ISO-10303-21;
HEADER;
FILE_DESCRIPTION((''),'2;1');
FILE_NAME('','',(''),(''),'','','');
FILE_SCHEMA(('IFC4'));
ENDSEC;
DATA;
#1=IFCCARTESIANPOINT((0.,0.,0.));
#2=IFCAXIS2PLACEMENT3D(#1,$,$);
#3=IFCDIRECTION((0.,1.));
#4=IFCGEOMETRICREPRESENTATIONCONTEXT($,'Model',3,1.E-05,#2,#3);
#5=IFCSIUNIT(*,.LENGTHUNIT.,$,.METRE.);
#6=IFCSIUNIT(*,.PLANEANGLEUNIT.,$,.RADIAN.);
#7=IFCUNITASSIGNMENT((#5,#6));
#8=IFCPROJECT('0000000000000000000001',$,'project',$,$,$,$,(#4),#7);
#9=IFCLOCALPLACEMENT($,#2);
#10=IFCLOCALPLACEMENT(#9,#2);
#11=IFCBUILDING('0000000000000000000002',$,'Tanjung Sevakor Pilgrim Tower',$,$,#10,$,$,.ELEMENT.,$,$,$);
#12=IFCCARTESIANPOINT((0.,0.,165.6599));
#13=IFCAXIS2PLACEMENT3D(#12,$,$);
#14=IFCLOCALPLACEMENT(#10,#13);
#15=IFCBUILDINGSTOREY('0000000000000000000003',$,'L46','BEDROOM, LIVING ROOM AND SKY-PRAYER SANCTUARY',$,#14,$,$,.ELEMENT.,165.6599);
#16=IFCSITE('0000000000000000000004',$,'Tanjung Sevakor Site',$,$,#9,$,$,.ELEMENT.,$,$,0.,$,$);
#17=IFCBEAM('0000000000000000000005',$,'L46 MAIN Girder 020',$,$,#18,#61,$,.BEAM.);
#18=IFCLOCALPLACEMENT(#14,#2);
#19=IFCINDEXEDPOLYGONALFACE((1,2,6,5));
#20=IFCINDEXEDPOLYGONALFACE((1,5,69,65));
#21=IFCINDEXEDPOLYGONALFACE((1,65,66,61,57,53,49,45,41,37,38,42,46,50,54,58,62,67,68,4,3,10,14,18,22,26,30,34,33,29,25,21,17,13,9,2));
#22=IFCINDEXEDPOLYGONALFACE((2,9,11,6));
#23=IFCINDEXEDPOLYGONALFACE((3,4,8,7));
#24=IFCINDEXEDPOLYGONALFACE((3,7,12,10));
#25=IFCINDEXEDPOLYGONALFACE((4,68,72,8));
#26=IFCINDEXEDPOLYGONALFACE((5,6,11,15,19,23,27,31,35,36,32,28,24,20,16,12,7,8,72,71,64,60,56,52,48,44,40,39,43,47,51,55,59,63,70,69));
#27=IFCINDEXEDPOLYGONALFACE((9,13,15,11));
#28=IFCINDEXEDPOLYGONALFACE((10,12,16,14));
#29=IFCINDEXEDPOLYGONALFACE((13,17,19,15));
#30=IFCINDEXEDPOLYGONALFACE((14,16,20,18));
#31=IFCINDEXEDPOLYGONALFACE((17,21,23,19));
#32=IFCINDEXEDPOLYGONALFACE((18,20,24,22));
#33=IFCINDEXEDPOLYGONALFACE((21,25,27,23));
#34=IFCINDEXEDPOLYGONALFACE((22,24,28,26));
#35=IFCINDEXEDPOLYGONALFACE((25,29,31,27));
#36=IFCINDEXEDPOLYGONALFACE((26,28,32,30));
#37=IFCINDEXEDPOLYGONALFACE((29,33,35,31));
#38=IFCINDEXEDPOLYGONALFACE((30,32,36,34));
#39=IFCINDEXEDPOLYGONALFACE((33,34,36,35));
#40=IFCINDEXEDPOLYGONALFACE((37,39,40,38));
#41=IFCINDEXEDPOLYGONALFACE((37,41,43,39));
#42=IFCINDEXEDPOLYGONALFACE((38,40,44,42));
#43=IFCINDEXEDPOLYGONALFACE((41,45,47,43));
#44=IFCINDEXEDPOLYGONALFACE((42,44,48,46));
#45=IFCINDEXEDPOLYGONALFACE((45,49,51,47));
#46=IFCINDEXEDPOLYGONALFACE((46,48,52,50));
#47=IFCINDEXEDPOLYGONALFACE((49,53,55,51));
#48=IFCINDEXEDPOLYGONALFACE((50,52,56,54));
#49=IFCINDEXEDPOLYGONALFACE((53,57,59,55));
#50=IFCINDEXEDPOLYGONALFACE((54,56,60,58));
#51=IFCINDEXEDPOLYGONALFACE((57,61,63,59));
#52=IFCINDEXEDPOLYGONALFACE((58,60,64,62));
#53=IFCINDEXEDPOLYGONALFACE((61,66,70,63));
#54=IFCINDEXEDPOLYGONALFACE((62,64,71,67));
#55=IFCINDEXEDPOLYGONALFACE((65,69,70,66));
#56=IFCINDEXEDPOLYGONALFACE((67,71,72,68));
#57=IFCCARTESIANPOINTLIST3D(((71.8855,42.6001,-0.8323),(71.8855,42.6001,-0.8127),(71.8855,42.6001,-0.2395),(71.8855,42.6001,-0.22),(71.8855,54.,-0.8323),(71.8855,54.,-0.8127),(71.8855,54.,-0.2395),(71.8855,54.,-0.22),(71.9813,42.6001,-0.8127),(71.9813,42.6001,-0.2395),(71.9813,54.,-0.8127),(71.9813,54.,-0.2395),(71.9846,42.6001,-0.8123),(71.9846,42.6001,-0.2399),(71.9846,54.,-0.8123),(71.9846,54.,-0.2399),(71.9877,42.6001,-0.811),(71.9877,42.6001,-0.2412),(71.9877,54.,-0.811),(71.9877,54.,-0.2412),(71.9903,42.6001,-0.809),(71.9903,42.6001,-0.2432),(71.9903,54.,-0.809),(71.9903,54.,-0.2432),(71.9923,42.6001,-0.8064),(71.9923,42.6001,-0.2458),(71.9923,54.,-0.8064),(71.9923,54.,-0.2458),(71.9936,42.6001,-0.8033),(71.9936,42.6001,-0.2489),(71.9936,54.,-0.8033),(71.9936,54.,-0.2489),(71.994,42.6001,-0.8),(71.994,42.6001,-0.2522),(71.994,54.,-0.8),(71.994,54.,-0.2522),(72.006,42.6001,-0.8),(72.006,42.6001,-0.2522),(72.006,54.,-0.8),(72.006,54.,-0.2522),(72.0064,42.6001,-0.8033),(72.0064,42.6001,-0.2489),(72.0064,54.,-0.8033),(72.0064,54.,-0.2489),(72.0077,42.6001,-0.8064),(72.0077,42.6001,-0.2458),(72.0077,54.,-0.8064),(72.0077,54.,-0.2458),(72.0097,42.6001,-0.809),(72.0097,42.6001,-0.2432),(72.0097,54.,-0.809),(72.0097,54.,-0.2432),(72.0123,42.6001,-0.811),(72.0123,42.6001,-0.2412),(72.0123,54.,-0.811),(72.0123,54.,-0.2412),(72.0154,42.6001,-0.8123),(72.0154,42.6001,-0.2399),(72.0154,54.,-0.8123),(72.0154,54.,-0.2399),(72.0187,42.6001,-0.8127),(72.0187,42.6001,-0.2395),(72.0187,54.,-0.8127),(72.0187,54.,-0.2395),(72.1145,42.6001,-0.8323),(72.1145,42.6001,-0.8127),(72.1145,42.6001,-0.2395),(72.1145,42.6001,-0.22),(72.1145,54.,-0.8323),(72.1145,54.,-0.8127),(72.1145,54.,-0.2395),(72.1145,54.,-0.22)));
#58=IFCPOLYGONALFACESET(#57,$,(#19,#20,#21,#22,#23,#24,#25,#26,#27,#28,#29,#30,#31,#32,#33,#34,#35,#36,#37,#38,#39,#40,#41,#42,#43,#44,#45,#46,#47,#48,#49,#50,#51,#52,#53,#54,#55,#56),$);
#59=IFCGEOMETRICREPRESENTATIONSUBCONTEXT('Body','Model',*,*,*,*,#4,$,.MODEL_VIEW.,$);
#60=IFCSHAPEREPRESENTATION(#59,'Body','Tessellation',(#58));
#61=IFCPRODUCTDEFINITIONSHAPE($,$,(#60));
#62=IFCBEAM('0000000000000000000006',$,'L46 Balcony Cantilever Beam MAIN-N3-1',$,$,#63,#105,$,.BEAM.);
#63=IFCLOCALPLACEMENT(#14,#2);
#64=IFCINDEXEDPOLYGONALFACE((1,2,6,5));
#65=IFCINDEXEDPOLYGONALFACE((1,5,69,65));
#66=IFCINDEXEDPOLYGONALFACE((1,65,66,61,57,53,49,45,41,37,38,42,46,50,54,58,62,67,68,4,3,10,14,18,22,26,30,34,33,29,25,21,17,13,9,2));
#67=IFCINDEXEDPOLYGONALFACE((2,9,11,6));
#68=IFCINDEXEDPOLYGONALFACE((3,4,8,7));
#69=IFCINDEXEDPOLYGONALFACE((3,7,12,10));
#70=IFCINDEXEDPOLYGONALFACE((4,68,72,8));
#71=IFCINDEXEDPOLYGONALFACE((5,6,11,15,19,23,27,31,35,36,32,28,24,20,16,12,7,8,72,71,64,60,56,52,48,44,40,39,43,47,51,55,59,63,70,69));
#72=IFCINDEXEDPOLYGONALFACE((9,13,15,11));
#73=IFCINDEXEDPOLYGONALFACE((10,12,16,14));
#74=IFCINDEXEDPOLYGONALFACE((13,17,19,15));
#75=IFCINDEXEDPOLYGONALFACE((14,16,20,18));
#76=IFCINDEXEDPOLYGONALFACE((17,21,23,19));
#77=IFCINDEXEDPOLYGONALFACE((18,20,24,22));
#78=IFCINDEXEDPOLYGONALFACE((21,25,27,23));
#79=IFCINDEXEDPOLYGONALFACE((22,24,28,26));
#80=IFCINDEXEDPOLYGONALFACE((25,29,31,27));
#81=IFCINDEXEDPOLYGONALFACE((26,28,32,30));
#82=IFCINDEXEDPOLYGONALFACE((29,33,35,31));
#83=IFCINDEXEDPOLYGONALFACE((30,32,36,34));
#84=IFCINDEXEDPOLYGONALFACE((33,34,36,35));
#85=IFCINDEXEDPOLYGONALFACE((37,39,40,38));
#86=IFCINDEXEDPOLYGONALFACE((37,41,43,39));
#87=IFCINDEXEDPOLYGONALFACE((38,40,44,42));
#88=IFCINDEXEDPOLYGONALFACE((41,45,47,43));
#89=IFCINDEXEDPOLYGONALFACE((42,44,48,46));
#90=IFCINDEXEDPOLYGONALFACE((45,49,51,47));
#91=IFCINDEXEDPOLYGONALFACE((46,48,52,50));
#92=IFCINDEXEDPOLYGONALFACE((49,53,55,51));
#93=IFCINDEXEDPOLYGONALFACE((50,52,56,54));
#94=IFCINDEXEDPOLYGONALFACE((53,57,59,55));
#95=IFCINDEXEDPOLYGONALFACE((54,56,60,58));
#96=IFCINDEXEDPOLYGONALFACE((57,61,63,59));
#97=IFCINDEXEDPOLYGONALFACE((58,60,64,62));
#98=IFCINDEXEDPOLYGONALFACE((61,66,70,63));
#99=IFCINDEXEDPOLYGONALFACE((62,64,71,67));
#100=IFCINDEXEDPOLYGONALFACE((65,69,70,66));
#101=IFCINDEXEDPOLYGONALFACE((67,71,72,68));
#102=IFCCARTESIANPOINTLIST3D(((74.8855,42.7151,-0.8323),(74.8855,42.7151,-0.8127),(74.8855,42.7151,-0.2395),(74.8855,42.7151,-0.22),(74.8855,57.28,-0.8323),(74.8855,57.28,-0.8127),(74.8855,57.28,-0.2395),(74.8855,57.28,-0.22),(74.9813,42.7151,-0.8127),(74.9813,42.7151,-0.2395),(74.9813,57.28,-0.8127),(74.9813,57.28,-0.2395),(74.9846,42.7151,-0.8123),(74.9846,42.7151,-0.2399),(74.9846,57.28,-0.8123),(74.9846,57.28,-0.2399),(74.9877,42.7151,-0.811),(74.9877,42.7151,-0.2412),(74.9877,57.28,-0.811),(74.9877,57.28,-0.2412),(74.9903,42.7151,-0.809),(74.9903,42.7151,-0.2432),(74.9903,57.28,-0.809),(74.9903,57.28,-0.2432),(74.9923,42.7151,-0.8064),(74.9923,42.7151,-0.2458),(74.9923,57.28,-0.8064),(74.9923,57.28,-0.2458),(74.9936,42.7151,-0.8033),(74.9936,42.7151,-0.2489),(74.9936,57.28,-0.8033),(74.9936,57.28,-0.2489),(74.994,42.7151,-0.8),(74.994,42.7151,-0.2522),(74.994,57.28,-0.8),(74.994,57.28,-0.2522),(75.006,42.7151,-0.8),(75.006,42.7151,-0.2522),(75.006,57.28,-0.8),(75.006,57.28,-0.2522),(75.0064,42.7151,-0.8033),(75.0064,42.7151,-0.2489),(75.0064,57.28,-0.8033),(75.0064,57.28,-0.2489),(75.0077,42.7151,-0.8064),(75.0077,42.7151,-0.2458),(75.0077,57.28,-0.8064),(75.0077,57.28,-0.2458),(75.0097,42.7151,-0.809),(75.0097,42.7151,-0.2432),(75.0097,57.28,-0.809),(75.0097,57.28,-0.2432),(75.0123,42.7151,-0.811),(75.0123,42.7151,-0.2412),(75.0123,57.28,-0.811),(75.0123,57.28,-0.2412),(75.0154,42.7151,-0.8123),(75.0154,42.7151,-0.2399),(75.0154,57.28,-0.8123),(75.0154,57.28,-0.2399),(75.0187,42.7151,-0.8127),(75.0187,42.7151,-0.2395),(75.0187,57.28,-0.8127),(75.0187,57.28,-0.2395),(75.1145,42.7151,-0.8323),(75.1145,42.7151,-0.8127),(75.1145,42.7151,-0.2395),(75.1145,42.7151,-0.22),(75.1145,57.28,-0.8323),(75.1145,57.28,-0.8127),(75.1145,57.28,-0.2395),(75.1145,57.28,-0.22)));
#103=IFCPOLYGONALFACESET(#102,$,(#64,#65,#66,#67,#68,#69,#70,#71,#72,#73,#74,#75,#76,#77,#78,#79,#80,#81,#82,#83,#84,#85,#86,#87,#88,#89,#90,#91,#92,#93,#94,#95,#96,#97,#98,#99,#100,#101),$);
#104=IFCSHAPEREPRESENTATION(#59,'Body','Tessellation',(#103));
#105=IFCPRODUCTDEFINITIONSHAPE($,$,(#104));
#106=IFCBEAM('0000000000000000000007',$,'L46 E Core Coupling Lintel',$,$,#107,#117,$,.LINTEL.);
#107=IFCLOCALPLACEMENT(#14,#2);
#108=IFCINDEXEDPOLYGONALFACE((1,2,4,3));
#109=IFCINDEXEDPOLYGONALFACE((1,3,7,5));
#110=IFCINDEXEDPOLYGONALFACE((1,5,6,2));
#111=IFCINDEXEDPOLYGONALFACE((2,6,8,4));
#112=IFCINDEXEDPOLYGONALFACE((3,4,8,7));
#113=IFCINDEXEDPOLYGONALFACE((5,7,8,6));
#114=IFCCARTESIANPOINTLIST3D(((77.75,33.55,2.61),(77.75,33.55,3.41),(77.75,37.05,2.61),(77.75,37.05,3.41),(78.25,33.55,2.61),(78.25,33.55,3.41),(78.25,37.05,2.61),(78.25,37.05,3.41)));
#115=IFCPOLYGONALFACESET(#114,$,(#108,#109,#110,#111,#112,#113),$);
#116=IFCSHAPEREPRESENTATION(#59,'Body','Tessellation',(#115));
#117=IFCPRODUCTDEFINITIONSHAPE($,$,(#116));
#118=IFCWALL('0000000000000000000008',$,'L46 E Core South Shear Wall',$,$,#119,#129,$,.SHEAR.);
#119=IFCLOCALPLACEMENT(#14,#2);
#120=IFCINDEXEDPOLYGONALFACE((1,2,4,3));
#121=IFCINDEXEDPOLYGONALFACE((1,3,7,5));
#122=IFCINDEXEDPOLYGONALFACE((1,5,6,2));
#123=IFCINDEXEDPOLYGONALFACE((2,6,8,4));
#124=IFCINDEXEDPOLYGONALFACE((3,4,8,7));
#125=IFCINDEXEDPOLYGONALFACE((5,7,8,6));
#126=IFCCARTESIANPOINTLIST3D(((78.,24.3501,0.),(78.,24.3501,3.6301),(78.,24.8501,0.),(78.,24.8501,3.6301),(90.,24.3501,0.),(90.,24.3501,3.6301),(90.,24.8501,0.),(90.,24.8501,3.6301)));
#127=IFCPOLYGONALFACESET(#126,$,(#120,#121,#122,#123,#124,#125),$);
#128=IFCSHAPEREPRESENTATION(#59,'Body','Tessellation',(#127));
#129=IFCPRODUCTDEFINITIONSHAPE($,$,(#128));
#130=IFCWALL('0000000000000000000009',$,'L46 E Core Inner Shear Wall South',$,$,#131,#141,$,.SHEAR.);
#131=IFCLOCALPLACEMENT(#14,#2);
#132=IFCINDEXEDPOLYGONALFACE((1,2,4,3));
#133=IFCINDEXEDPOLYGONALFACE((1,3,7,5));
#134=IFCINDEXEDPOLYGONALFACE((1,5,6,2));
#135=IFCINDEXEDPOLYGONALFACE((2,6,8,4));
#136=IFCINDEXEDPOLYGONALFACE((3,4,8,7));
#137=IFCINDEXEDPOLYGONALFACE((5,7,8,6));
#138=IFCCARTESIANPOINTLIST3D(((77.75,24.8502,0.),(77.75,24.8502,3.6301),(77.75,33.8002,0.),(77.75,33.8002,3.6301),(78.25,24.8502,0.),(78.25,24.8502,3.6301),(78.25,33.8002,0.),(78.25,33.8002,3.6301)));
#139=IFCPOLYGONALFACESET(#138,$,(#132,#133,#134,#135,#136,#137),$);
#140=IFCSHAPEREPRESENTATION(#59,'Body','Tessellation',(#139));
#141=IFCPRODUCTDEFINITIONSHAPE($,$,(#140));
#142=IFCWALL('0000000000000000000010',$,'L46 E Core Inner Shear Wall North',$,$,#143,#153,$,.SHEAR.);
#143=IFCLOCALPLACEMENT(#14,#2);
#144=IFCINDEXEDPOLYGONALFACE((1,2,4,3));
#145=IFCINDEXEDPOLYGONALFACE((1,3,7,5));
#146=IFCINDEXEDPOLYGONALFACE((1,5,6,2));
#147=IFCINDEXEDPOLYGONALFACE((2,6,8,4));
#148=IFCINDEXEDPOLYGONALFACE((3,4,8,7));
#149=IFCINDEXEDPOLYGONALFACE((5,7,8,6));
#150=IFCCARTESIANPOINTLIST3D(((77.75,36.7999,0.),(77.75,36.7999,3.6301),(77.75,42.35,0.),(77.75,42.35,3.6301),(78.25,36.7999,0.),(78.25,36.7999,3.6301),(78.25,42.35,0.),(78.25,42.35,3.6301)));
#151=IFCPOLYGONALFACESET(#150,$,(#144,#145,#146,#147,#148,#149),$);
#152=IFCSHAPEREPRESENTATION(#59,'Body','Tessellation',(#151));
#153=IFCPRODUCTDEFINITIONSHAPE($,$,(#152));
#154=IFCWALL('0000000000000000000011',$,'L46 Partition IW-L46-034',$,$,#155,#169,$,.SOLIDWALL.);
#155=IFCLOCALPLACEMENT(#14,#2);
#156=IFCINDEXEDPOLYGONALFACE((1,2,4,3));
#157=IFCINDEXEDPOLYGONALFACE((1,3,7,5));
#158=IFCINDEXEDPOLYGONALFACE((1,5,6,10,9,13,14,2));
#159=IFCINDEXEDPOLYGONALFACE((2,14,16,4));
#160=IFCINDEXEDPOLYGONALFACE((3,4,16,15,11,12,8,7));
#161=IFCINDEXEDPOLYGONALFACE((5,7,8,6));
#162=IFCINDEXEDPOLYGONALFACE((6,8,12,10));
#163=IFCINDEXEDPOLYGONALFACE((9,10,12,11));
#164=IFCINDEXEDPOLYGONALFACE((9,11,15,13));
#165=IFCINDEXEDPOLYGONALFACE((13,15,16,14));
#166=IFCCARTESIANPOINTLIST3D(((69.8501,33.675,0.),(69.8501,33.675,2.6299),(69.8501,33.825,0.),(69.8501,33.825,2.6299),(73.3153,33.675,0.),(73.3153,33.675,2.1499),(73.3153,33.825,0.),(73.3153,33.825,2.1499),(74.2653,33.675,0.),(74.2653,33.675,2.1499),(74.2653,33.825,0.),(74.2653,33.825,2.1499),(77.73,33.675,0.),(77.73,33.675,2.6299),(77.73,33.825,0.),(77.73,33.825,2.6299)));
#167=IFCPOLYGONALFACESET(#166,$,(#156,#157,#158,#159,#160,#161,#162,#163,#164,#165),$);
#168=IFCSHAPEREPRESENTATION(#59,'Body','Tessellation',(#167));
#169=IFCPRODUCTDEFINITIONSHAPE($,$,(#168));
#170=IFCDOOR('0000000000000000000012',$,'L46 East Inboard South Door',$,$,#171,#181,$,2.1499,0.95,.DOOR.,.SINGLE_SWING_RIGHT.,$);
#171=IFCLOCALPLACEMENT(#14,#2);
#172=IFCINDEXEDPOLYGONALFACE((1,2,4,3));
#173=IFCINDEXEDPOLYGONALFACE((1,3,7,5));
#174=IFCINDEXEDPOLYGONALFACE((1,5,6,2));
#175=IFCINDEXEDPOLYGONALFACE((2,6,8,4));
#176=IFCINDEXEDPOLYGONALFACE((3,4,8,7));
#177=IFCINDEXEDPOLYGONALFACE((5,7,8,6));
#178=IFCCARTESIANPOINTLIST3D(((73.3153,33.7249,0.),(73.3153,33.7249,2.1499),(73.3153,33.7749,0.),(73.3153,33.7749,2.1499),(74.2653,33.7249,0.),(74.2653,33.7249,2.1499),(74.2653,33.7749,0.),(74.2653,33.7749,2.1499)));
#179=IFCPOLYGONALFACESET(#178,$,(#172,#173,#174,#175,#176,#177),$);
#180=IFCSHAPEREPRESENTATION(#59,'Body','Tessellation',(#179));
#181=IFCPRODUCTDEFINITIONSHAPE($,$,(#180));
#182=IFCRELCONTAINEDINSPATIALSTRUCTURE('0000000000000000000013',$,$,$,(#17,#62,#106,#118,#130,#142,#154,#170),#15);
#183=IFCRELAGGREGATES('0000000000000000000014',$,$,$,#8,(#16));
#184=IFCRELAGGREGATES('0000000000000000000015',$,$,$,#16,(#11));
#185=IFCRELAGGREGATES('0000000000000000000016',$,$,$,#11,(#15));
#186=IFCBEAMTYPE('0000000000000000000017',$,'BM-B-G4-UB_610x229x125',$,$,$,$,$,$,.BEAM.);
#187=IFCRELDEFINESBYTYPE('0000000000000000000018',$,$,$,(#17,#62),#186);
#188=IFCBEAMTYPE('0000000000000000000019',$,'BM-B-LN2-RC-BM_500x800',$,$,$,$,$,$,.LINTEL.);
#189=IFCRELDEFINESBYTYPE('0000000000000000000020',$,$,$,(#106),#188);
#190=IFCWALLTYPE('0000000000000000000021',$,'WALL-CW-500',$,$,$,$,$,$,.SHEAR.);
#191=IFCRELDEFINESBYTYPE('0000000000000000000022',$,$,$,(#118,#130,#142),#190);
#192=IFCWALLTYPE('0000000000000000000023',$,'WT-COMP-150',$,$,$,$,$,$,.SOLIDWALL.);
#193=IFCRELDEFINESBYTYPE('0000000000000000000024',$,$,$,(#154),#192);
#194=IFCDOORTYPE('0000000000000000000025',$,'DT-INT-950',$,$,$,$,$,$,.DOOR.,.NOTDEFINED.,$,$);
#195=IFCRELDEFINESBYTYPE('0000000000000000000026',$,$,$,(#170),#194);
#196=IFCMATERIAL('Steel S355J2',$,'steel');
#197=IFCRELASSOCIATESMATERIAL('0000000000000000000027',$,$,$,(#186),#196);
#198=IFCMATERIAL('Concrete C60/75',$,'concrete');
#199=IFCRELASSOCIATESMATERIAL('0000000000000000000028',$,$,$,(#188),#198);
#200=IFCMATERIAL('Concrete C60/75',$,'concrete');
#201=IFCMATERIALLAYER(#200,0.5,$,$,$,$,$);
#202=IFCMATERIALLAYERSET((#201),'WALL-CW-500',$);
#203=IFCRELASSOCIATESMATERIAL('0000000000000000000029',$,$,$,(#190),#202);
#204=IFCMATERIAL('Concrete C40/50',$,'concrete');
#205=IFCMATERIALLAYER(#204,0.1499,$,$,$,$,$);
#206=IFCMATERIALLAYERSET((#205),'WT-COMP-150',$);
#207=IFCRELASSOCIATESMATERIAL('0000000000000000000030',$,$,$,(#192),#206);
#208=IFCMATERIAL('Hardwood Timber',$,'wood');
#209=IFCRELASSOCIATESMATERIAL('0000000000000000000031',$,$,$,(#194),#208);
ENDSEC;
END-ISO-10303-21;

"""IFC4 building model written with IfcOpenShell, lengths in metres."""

from ifc_helpers import new_model, si_unit, direction, frame, frame_2d, origin, origin_2d, place, context, subcontext, project, spatial, rectangle, i_section, extrude, material, layer, layer_set, material_profile, profile_set, type_object, element, fill, save


model = new_model("IFC4")

# Units and contexts
model_context = context("Model", 3, precision=1e-05, world=origin(), true_north=direction((0.0, 1.0)))
body_context = subcontext(model_context, "Body", "Model", "MODEL_VIEW")
ifc_project = project(units=[si_unit("LENGTHUNIT", "METRE"), si_unit("PLANEANGLEUNIT", "RADIAN")], contexts=[model_context])

# Site, building, storey
site_placement = place(None, origin())
site = spatial("IfcSite", under=ifc_project, at=site_placement, Name="Tanjung Sevakor Site", CompositionType="ELEMENT", RefElevation=0.0)
building_placement = place(site_placement, origin())
building = spatial("IfcBuilding", under=site, at=building_placement, Name="Tanjung Sevakor Pilgrim Tower", CompositionType="ELEMENT")
storey_placement = place(building_placement, frame((0.0, 0.0, 165.6599)))
storey = spatial("IfcBuildingStorey", under=building, at=storey_placement, Name="L46", Description="BEDROOM, LIVING ROOM AND SKY-PRAYER SANCTUARY", CompositionType="ELEMENT", Elevation=165.6599)

# Beams
ifc_material_1 = material(Name="Steel S355J2", Category="steel")
ifc_material_profile_1 = material_profile(ifc_material_1, i_section(OverallWidth=0.229, OverallDepth=0.6123, WebThickness=0.012, FlangeThickness=0.0195, FilletRadius=0.0127, at=origin_2d()))
ifc_profile_set_1 = profile_set([ifc_material_profile_1], Name="Steel S355J2")
beam_type_1 = type_object("IfcBeamType", Name="BM-B-G4-UB_610x229x125", PredefinedType="BEAM", material=ifc_profile_set_1)
beam_1_placement = place(storey_placement, frame((72.0, 42.6001, -0.5261), z_axis=(0.0, 1.0, 0.0), x_axis=(-1.0, 0.0, 0.0)))
element("IfcBeam", 1, at=beam_1_placement, inside=storey, type_object=beam_type_1, Name="L46 MAIN Girder 020", PredefinedType="BEAM", context=body_context, shape_type="SweptSolid", body=[
    extrude(i_section(OverallWidth=0.229, OverallDepth=0.6123, WebThickness=0.012, FlangeThickness=0.0195, FilletRadius=0.0127, at=origin_2d()), origin(), (0.0, 0.0, 1.0), 11.3999),
])
beam_2_placement = place(storey_placement, frame((75.0, 42.7151, -0.5261), z_axis=(0.0, 1.0, 0.0), x_axis=(-1.0, 0.0, 0.0)))
element("IfcBeam", 2, at=beam_2_placement, inside=storey, type_object=beam_type_1, Name="L46 Balcony Cantilever Beam MAIN-N3-1", PredefinedType="BEAM", context=body_context, shape_type="SweptSolid", body=[
    extrude(i_section(OverallWidth=0.229, OverallDepth=0.6123, WebThickness=0.012, FlangeThickness=0.0195, FilletRadius=0.0127, at=origin_2d()), origin(), (0.0, 0.0, 1.0), 14.5649),
])
ifc_material_2 = material(Name="Concrete C60/75", Category="concrete")
ifc_material_profile_2 = material_profile(ifc_material_2, rectangle(XDim=0.5, YDim=0.8, at=origin_2d()))
ifc_profile_set_2 = profile_set([ifc_material_profile_2], Name="Concrete C60/75")
beam_type_2 = type_object("IfcBeamType", Name="BM-B-LN2-RC-BM_500x800", PredefinedType="LINTEL", material=ifc_profile_set_2)
beam_3_placement = place(storey_placement, frame((78.0, 33.55, 3.01), z_axis=(0.0, 1.0, 0.0), x_axis=(-1.0, 0.0, 0.0)))
element("IfcBeam", 3, at=beam_3_placement, inside=storey, type_object=beam_type_2, Name="L46 E Core Coupling Lintel", PredefinedType="LINTEL", context=body_context, shape_type="SweptSolid", body=[
    extrude(rectangle(XDim=0.5, YDim=0.8, at=origin_2d()), origin(), (0.0, 0.0, 1.0), 3.5),
])

# Walls
ifc_material_3 = material(Name="Concrete C60/75", Category="concrete")
ifc_layer_1 = layer(ifc_material_3, 0.5)
ifc_layer_set_1 = layer_set([ifc_layer_1], Name="WALL-CW-500")
wall_type_1 = type_object("IfcWallType", Name="WALL-CW-500", PredefinedType="SHEAR", material=ifc_layer_set_1)
wall_1_placement = place(storey_placement, frame((78.0, 24.6001, 0.0), z_axis=(0.0, 0.0, 1.0), x_axis=(1.0, 0.0, 0.0)))
element("IfcWall", 4, at=wall_1_placement, inside=storey, type_object=wall_type_1, Name="L46 E Core South Shear Wall", PredefinedType="SHEAR", context=body_context, shape_type="SweptSolid", body=[
    extrude(rectangle(XDim=12.0, YDim=0.5, at=frame_2d((6.0, 0.0))), origin(), (0.0, 0.0, 1.0), 3.6301),
])
wall_2_placement = place(storey_placement, frame((78.0, 24.8501, 0.0), z_axis=(0.0, 0.0, 1.0), x_axis=(0.0, 1.0, 0.0)))
element("IfcWall", 5, at=wall_2_placement, inside=storey, type_object=wall_type_1, Name="L46 E Core Inner Shear Wall South", PredefinedType="SHEAR", context=body_context, shape_type="SweptSolid", body=[
    extrude(rectangle(XDim=8.95, YDim=0.5, at=frame_2d((4.4751, 0.0))), origin(), (0.0, 0.0, 1.0), 3.6301),
])
wall_3_placement = place(storey_placement, frame((78.0, 36.8, 0.0), z_axis=(0.0, 0.0, 1.0), x_axis=(0.0, 1.0, 0.0)))
element("IfcWall", 6, at=wall_3_placement, inside=storey, type_object=wall_type_1, Name="L46 E Core Inner Shear Wall North", PredefinedType="SHEAR", context=body_context, shape_type="SweptSolid", body=[
    extrude(rectangle(XDim=5.55, YDim=0.5, at=frame_2d((2.7749, 0.0))), origin(), (0.0, 0.0, 1.0), 3.6301),
])

# Wall, opening, door
ifc_material_4 = material(Name="Concrete C40/50", Category="concrete")
ifc_layer_2 = layer(ifc_material_4, 0.1499)
ifc_layer_set_2 = layer_set([ifc_layer_2], Name="WT-COMP-150")
wall_type_2 = type_object("IfcWallType", Name="WT-COMP-150", PredefinedType="SOLIDWALL", material=ifc_layer_set_2)
wall_4_placement = place(storey_placement, frame((69.8501, 33.75, 0.0), z_axis=(0.0, 0.0, 1.0), x_axis=(1.0, 0.0, 0.0)))
wall_4 = element("IfcWall", 7, at=wall_4_placement, inside=storey, type_object=wall_type_2, Name="L46 Partition IW-L46-034", PredefinedType="SOLIDWALL", context=body_context, shape_type="SweptSolid", body=[
    extrude(rectangle(XDim=7.8799, YDim=0.1499, at=frame_2d((3.9399, 0.0))), origin(), (0.0, 0.0, 1.0), 2.6299),
])
opening_1_placement = place(wall_4_placement, frame((3.4651, 0.0, 0.0)))
opening_1 = element("IfcOpeningElement", 8, at=opening_1_placement, cuts=wall_4, PredefinedType="OPENING", context=body_context, shape_type="SweptSolid", body=[
    extrude(rectangle(XDim=0.95, YDim=2.1499, at=frame_2d((0.4751, 1.075))), frame((0.0, 0.085, 0.0), z_axis=(0.0, -1.0, 0.0), x_axis=(1.0, 0.0, 0.0)), (0.0, 0.0, 1.0), 0.1699),
])
ifc_material_5 = material(Name="Hardwood Timber", Category="wood")
door_type = type_object("IfcDoorType", Name="DT-INT-950", OperationType="NOTDEFINED", PredefinedType="DOOR", material=ifc_material_5)
door_1_placement = place(opening_1_placement, origin())
door_1 = element("IfcDoor", 9, at=door_1_placement, inside=storey, type_object=door_type, Name="L46 East Inboard South Door", OperationType="SINGLE_SWING_RIGHT", OverallHeight=2.1499, OverallWidth=0.95, PredefinedType="DOOR", context=body_context, shape_type="SweptSolid", body=[
    extrude(rectangle(XDim=0.95, YDim=2.1499, at=frame_2d((0.4751, 1.075))), frame((0.0, 0.0249, 0.0), z_axis=(0.0, -1.0, 0.0), x_axis=(1.0, 0.0, 0.0)), (0.0, 0.0, 1.0), 0.05),
])
fill(opening_1, door_1)

save(model, "model.ifc")
